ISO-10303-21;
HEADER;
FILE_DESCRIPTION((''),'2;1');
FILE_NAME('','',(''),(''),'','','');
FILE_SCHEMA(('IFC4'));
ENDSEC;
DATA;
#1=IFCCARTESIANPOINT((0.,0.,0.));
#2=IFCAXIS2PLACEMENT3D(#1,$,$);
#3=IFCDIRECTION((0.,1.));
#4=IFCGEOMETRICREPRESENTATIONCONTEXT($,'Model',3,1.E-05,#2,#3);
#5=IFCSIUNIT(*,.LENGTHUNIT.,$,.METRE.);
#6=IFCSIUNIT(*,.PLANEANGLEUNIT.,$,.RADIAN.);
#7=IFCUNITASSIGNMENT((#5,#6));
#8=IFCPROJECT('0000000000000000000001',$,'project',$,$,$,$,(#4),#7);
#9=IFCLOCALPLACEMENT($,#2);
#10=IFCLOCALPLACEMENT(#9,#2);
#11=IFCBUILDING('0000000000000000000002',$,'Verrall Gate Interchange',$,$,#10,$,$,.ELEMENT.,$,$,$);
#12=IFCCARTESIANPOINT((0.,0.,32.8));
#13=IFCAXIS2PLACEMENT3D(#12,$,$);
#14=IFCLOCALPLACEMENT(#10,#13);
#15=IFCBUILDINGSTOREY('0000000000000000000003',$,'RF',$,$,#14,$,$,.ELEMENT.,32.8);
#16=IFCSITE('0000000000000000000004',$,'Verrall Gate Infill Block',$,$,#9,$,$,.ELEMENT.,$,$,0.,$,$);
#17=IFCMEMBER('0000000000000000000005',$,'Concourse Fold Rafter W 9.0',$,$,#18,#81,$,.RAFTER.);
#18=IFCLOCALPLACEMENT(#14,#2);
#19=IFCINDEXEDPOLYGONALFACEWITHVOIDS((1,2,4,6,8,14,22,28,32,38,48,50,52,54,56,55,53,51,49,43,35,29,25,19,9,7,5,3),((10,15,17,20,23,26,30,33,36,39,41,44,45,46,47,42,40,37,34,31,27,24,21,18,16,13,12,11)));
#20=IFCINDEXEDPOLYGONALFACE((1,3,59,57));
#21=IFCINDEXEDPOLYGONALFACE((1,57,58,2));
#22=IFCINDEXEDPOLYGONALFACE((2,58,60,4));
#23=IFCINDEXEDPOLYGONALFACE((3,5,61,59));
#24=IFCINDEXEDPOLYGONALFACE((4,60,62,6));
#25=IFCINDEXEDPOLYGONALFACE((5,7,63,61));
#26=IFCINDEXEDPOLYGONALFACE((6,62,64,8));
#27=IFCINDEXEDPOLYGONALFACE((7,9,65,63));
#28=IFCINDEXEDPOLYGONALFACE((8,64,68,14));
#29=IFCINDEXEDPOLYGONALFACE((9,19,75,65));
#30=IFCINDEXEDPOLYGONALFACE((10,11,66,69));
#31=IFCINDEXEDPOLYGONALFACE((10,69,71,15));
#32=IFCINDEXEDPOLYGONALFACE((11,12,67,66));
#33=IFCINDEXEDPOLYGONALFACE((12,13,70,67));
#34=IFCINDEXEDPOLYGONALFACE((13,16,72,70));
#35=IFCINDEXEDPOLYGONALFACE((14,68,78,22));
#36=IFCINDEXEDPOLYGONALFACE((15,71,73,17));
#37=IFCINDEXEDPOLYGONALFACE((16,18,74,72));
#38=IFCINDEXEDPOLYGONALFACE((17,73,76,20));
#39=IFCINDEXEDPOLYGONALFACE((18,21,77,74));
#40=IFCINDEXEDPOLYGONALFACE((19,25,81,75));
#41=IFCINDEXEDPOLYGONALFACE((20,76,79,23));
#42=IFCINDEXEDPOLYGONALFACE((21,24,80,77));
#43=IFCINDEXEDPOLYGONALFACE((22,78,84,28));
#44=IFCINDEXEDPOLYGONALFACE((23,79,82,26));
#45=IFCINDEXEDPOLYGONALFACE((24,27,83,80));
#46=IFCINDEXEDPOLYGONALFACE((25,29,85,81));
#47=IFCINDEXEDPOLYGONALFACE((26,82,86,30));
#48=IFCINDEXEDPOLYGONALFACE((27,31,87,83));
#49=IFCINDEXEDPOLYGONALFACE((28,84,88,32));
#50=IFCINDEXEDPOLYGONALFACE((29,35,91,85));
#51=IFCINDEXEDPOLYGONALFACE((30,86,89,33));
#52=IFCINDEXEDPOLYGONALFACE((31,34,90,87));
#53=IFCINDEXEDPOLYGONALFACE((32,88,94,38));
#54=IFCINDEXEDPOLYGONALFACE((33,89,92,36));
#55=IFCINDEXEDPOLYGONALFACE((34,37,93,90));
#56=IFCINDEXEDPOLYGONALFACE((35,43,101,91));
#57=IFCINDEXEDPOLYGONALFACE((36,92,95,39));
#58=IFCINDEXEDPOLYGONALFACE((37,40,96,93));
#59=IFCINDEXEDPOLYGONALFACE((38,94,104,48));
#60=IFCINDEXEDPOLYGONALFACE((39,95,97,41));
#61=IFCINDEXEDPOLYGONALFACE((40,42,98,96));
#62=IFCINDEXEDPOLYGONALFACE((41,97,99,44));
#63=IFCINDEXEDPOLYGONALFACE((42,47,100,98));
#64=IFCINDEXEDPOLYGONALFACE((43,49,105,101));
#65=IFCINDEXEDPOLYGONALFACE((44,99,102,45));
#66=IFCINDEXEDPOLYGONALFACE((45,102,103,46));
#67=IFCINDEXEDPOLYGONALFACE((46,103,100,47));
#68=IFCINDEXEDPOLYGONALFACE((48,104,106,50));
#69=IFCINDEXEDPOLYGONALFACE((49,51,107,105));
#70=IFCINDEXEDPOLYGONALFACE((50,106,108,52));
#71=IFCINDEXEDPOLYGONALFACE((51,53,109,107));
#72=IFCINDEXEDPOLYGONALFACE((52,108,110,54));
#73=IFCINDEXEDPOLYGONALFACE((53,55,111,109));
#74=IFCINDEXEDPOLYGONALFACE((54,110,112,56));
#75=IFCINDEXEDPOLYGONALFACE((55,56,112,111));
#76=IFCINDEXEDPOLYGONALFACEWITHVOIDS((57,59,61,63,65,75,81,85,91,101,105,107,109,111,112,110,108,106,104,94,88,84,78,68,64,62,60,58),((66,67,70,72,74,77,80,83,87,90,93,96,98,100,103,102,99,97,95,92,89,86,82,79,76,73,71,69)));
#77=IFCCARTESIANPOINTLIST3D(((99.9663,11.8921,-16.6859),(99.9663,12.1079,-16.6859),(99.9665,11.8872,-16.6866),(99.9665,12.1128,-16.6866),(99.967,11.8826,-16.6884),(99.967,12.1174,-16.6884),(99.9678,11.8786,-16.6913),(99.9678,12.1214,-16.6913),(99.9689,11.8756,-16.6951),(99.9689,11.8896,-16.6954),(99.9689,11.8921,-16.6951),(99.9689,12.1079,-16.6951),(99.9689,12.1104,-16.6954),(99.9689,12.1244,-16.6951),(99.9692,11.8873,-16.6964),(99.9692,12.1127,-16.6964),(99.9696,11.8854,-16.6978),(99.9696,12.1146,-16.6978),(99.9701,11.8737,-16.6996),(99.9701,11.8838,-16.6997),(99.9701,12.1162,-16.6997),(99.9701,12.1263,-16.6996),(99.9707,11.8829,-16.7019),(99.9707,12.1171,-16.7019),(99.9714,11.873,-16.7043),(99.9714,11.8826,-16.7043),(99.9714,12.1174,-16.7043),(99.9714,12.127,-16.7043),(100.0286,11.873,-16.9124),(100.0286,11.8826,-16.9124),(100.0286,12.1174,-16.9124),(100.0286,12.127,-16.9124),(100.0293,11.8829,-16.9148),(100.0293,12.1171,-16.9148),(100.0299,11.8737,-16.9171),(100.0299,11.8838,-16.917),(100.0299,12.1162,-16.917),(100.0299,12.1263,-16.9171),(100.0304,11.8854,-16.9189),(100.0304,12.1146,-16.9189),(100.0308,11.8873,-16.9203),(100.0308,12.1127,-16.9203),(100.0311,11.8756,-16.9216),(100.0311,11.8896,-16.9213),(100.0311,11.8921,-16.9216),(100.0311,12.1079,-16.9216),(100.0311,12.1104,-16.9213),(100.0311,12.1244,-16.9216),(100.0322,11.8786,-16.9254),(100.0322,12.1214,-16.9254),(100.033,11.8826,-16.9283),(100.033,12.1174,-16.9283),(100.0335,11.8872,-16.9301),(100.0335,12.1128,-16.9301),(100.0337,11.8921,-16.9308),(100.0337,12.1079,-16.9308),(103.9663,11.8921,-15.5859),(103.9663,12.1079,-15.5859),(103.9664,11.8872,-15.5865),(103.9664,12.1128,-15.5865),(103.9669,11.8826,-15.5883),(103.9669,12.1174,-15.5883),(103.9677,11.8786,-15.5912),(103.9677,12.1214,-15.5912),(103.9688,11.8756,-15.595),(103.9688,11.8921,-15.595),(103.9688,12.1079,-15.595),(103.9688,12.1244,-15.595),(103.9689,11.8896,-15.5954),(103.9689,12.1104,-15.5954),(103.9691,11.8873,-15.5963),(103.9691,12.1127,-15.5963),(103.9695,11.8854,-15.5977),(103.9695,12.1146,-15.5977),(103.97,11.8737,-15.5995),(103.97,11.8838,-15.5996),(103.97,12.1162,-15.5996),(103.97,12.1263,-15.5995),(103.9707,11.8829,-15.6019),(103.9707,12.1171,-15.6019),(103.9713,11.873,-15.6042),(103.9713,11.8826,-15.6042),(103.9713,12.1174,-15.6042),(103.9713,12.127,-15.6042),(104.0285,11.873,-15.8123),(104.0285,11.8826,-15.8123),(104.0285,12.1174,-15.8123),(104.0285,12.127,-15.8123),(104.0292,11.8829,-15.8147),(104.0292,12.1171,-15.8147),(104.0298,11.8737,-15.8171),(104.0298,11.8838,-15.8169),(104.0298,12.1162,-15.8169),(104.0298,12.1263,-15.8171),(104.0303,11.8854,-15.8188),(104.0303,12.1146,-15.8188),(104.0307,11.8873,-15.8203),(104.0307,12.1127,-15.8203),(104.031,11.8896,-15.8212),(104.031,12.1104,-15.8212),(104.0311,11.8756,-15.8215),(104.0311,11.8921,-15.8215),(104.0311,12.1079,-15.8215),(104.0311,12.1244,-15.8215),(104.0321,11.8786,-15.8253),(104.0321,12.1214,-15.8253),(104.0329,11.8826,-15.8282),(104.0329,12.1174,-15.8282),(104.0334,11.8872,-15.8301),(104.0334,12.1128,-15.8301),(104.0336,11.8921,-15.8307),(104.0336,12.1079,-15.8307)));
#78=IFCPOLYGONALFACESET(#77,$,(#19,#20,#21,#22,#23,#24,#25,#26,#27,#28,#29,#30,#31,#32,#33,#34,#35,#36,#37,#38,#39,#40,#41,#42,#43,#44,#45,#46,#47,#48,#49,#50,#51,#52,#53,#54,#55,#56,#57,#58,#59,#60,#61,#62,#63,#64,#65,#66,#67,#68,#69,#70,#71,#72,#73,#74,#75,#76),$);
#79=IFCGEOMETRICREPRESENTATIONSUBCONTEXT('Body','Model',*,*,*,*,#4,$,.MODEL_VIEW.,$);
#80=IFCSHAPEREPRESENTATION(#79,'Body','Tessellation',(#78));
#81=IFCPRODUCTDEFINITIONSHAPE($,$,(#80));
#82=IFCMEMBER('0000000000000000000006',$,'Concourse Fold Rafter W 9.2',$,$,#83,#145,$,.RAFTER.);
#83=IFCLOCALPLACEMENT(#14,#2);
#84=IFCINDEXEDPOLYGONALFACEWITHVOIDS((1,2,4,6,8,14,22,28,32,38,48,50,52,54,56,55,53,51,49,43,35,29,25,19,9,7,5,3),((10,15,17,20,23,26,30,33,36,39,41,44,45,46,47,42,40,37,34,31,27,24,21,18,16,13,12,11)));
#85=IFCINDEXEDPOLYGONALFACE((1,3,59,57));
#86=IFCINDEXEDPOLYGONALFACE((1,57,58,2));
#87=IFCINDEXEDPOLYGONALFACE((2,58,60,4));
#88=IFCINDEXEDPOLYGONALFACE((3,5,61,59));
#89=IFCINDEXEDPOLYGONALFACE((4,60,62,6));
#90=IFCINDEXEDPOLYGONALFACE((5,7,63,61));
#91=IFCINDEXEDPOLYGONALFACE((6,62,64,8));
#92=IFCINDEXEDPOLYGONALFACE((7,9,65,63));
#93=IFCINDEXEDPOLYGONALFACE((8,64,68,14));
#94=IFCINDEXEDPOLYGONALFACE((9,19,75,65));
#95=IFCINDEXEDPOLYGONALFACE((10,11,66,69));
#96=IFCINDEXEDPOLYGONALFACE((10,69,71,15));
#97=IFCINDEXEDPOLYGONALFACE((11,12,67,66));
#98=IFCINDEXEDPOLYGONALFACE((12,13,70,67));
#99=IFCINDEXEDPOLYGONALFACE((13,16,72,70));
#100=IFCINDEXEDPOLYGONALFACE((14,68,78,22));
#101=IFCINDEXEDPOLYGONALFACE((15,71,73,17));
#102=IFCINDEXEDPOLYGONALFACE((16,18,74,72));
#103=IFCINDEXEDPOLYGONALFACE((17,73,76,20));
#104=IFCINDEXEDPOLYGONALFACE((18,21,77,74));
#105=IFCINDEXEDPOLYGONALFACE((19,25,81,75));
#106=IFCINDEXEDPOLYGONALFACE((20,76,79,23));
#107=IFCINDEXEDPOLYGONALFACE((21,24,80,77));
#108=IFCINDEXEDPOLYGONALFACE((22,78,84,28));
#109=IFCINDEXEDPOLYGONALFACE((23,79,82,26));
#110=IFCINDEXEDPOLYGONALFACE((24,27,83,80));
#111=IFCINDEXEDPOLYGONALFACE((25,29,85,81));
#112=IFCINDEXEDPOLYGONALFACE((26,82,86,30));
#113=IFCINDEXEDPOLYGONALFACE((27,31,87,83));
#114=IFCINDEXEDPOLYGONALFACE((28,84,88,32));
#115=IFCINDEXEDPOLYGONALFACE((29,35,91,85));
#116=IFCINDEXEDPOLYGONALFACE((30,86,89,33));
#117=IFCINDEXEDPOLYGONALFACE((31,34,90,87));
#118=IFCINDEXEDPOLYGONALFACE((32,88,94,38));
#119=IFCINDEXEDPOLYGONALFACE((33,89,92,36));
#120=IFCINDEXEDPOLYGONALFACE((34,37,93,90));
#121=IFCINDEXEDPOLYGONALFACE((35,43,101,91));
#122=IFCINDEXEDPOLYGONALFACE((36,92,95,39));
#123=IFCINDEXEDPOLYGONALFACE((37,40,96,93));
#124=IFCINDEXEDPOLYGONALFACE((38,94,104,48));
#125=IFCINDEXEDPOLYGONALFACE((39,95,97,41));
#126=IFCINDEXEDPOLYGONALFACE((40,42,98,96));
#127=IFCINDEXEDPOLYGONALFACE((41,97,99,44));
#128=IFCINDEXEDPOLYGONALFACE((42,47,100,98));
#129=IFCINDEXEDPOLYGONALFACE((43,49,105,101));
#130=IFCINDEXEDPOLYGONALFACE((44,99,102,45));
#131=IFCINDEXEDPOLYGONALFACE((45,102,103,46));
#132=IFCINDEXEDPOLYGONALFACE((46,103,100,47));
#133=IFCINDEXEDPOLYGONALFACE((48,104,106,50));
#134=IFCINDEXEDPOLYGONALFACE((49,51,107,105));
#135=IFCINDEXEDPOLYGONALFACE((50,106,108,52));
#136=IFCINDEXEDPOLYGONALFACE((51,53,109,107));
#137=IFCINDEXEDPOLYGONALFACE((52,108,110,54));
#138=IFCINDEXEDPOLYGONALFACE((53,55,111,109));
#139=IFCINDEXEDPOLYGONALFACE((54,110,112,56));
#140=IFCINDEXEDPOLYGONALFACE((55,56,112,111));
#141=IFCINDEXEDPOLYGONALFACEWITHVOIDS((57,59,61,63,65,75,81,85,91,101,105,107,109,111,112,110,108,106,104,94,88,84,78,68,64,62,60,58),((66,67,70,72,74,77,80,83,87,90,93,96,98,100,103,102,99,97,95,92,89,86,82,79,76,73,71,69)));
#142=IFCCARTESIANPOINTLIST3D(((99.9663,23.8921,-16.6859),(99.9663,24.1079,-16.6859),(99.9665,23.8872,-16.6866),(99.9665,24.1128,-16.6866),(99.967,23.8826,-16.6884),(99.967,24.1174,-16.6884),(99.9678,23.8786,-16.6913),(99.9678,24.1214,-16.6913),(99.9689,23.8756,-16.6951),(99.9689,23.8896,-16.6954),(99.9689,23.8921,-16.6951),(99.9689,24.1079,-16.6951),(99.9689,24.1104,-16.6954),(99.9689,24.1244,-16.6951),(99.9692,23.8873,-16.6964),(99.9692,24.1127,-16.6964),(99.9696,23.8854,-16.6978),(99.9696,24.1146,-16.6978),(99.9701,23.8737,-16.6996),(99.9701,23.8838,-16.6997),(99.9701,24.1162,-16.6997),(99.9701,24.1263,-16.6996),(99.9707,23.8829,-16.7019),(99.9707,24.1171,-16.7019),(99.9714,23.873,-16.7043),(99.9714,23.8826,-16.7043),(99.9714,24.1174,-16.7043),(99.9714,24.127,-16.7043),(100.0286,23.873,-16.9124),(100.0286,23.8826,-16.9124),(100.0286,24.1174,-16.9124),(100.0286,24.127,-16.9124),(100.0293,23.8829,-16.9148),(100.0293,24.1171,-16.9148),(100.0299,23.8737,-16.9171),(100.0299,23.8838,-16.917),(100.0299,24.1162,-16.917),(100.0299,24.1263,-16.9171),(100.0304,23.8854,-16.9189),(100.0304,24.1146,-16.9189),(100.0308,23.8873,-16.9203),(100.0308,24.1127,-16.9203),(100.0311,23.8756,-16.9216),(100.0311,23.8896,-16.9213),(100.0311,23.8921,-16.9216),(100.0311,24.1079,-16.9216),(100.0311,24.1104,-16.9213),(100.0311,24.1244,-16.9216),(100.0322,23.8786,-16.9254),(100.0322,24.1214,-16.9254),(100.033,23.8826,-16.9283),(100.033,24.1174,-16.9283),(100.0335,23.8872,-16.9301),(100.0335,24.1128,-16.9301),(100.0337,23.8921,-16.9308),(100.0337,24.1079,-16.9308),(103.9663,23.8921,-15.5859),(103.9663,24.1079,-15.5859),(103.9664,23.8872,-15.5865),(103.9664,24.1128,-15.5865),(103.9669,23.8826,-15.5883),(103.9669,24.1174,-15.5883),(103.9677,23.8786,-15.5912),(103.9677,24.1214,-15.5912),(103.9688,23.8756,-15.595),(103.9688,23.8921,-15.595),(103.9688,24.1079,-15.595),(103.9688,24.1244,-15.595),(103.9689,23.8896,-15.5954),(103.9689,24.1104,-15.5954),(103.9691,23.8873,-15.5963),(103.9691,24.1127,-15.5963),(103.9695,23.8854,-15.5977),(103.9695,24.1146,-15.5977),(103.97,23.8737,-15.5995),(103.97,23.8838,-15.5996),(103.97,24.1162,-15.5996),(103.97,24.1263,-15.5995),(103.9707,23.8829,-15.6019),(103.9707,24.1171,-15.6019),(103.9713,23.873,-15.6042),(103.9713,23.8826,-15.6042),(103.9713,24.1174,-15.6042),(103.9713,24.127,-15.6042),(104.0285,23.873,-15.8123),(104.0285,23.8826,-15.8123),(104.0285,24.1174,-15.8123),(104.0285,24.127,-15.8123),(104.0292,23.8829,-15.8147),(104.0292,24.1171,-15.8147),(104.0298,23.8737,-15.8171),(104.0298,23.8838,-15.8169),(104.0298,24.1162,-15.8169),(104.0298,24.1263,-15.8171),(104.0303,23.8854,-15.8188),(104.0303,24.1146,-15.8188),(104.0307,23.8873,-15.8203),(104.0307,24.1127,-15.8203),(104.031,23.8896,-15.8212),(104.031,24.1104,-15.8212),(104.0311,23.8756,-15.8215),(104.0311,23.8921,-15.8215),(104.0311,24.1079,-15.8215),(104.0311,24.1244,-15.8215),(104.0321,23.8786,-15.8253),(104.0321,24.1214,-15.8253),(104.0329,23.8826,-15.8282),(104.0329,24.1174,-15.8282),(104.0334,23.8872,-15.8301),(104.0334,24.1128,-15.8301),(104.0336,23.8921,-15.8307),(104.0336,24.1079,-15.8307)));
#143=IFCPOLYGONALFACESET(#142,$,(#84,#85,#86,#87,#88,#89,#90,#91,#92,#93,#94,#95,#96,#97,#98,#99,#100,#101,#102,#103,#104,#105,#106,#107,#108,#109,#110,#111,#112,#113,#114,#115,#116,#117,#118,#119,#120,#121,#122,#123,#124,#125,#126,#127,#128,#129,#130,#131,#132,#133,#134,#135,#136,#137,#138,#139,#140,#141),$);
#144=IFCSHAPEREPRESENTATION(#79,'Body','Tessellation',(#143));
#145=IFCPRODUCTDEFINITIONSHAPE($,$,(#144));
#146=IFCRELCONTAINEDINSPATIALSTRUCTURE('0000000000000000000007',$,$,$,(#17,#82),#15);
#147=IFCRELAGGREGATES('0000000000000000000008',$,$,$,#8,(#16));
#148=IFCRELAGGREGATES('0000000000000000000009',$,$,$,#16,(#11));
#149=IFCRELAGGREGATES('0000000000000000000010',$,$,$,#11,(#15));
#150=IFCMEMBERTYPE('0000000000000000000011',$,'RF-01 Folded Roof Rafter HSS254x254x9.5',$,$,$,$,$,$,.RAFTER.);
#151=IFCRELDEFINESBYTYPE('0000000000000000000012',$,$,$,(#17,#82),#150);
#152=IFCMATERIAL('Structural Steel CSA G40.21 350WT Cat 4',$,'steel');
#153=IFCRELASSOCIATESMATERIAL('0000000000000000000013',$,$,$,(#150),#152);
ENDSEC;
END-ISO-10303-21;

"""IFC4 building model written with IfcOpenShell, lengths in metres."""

from ifc_helpers import new_model, si_unit, direction, frame, origin, origin_2d, place, context, subcontext, project, spatial, hollow_rectangle, extrude, material, material_profile, profile_set, type_object, element, save


model = new_model("IFC4")

# Units and contexts
model_context = context("Model", 3, precision=1e-05, world=origin(), true_north=direction((0.0, 1.0)))
body_context = subcontext(model_context, "Body", "Model", "MODEL_VIEW")
ifc_project = project(units=[si_unit("LENGTHUNIT", "METRE"), si_unit("PLANEANGLEUNIT", "RADIAN")], contexts=[model_context])

# Site, building, storey
site_placement = place(None, origin())
site = spatial("IfcSite", under=ifc_project, at=site_placement, Name="Verrall Gate Infill Block", CompositionType="ELEMENT", RefElevation=0.0)
building_placement = place(site_placement, origin())
building = spatial("IfcBuilding", under=site, at=building_placement, Name="Verrall Gate Interchange", CompositionType="ELEMENT")
storey_placement = place(building_placement, frame((0.0, 0.0, 32.8)))
storey = spatial("IfcBuildingStorey", under=building, at=storey_placement, Name="RF", CompositionType="ELEMENT", Elevation=32.8)

# Members
ifc_material_1 = material(Name="Structural Steel CSA G40.21 350WT Cat 4", Category="steel")
ifc_material_profile_1 = material_profile(ifc_material_1, hollow_rectangle(XDim=0.2539, YDim=0.2539, WallThickness=0.0095, InnerFilletRadius=0.0095, OuterFilletRadius=0.019, at=origin_2d()), Name="HSS254x254x9.5")
ifc_profile_set_1 = profile_set([ifc_material_profile_1], Name="Structural Steel CSA G40.21 350WT Cat 4")
member_type_1 = type_object("IfcMemberType", Name="RF-01 Folded Roof Rafter HSS254x254x9.5", PredefinedType="RAFTER", material=ifc_profile_set_1)
for number, where, z_axis, x_axis, name in (
    (1, (100.0, 12.0, -16.8083), (0.964199, 0.0, 0.265178), (0.0, 1.0, 0.0), "Concourse Fold Rafter W 9.0"),
    (2, (100.0, 24.0, -16.8083), (0.964199, 0.0, 0.265178), (0.0, 1.0, 0.0), "Concourse Fold Rafter W 9.2"),
):
    element("IfcMember", number, at=place(storey_placement, frame(where, z_axis=z_axis, x_axis=x_axis)), inside=storey, type_object=member_type_1, Name=name, PredefinedType="RAFTER", context=body_context, shape_type="SweptSolid", body=[
        extrude(hollow_rectangle(XDim=0.2539, YDim=0.2539, WallThickness=0.0095, InnerFilletRadius=0.0095, OuterFilletRadius=0.019, at=origin_2d()), origin(), (0.0, 0.0, 1.0), 4.1484),
    ])

save(model, "model.ifc")
